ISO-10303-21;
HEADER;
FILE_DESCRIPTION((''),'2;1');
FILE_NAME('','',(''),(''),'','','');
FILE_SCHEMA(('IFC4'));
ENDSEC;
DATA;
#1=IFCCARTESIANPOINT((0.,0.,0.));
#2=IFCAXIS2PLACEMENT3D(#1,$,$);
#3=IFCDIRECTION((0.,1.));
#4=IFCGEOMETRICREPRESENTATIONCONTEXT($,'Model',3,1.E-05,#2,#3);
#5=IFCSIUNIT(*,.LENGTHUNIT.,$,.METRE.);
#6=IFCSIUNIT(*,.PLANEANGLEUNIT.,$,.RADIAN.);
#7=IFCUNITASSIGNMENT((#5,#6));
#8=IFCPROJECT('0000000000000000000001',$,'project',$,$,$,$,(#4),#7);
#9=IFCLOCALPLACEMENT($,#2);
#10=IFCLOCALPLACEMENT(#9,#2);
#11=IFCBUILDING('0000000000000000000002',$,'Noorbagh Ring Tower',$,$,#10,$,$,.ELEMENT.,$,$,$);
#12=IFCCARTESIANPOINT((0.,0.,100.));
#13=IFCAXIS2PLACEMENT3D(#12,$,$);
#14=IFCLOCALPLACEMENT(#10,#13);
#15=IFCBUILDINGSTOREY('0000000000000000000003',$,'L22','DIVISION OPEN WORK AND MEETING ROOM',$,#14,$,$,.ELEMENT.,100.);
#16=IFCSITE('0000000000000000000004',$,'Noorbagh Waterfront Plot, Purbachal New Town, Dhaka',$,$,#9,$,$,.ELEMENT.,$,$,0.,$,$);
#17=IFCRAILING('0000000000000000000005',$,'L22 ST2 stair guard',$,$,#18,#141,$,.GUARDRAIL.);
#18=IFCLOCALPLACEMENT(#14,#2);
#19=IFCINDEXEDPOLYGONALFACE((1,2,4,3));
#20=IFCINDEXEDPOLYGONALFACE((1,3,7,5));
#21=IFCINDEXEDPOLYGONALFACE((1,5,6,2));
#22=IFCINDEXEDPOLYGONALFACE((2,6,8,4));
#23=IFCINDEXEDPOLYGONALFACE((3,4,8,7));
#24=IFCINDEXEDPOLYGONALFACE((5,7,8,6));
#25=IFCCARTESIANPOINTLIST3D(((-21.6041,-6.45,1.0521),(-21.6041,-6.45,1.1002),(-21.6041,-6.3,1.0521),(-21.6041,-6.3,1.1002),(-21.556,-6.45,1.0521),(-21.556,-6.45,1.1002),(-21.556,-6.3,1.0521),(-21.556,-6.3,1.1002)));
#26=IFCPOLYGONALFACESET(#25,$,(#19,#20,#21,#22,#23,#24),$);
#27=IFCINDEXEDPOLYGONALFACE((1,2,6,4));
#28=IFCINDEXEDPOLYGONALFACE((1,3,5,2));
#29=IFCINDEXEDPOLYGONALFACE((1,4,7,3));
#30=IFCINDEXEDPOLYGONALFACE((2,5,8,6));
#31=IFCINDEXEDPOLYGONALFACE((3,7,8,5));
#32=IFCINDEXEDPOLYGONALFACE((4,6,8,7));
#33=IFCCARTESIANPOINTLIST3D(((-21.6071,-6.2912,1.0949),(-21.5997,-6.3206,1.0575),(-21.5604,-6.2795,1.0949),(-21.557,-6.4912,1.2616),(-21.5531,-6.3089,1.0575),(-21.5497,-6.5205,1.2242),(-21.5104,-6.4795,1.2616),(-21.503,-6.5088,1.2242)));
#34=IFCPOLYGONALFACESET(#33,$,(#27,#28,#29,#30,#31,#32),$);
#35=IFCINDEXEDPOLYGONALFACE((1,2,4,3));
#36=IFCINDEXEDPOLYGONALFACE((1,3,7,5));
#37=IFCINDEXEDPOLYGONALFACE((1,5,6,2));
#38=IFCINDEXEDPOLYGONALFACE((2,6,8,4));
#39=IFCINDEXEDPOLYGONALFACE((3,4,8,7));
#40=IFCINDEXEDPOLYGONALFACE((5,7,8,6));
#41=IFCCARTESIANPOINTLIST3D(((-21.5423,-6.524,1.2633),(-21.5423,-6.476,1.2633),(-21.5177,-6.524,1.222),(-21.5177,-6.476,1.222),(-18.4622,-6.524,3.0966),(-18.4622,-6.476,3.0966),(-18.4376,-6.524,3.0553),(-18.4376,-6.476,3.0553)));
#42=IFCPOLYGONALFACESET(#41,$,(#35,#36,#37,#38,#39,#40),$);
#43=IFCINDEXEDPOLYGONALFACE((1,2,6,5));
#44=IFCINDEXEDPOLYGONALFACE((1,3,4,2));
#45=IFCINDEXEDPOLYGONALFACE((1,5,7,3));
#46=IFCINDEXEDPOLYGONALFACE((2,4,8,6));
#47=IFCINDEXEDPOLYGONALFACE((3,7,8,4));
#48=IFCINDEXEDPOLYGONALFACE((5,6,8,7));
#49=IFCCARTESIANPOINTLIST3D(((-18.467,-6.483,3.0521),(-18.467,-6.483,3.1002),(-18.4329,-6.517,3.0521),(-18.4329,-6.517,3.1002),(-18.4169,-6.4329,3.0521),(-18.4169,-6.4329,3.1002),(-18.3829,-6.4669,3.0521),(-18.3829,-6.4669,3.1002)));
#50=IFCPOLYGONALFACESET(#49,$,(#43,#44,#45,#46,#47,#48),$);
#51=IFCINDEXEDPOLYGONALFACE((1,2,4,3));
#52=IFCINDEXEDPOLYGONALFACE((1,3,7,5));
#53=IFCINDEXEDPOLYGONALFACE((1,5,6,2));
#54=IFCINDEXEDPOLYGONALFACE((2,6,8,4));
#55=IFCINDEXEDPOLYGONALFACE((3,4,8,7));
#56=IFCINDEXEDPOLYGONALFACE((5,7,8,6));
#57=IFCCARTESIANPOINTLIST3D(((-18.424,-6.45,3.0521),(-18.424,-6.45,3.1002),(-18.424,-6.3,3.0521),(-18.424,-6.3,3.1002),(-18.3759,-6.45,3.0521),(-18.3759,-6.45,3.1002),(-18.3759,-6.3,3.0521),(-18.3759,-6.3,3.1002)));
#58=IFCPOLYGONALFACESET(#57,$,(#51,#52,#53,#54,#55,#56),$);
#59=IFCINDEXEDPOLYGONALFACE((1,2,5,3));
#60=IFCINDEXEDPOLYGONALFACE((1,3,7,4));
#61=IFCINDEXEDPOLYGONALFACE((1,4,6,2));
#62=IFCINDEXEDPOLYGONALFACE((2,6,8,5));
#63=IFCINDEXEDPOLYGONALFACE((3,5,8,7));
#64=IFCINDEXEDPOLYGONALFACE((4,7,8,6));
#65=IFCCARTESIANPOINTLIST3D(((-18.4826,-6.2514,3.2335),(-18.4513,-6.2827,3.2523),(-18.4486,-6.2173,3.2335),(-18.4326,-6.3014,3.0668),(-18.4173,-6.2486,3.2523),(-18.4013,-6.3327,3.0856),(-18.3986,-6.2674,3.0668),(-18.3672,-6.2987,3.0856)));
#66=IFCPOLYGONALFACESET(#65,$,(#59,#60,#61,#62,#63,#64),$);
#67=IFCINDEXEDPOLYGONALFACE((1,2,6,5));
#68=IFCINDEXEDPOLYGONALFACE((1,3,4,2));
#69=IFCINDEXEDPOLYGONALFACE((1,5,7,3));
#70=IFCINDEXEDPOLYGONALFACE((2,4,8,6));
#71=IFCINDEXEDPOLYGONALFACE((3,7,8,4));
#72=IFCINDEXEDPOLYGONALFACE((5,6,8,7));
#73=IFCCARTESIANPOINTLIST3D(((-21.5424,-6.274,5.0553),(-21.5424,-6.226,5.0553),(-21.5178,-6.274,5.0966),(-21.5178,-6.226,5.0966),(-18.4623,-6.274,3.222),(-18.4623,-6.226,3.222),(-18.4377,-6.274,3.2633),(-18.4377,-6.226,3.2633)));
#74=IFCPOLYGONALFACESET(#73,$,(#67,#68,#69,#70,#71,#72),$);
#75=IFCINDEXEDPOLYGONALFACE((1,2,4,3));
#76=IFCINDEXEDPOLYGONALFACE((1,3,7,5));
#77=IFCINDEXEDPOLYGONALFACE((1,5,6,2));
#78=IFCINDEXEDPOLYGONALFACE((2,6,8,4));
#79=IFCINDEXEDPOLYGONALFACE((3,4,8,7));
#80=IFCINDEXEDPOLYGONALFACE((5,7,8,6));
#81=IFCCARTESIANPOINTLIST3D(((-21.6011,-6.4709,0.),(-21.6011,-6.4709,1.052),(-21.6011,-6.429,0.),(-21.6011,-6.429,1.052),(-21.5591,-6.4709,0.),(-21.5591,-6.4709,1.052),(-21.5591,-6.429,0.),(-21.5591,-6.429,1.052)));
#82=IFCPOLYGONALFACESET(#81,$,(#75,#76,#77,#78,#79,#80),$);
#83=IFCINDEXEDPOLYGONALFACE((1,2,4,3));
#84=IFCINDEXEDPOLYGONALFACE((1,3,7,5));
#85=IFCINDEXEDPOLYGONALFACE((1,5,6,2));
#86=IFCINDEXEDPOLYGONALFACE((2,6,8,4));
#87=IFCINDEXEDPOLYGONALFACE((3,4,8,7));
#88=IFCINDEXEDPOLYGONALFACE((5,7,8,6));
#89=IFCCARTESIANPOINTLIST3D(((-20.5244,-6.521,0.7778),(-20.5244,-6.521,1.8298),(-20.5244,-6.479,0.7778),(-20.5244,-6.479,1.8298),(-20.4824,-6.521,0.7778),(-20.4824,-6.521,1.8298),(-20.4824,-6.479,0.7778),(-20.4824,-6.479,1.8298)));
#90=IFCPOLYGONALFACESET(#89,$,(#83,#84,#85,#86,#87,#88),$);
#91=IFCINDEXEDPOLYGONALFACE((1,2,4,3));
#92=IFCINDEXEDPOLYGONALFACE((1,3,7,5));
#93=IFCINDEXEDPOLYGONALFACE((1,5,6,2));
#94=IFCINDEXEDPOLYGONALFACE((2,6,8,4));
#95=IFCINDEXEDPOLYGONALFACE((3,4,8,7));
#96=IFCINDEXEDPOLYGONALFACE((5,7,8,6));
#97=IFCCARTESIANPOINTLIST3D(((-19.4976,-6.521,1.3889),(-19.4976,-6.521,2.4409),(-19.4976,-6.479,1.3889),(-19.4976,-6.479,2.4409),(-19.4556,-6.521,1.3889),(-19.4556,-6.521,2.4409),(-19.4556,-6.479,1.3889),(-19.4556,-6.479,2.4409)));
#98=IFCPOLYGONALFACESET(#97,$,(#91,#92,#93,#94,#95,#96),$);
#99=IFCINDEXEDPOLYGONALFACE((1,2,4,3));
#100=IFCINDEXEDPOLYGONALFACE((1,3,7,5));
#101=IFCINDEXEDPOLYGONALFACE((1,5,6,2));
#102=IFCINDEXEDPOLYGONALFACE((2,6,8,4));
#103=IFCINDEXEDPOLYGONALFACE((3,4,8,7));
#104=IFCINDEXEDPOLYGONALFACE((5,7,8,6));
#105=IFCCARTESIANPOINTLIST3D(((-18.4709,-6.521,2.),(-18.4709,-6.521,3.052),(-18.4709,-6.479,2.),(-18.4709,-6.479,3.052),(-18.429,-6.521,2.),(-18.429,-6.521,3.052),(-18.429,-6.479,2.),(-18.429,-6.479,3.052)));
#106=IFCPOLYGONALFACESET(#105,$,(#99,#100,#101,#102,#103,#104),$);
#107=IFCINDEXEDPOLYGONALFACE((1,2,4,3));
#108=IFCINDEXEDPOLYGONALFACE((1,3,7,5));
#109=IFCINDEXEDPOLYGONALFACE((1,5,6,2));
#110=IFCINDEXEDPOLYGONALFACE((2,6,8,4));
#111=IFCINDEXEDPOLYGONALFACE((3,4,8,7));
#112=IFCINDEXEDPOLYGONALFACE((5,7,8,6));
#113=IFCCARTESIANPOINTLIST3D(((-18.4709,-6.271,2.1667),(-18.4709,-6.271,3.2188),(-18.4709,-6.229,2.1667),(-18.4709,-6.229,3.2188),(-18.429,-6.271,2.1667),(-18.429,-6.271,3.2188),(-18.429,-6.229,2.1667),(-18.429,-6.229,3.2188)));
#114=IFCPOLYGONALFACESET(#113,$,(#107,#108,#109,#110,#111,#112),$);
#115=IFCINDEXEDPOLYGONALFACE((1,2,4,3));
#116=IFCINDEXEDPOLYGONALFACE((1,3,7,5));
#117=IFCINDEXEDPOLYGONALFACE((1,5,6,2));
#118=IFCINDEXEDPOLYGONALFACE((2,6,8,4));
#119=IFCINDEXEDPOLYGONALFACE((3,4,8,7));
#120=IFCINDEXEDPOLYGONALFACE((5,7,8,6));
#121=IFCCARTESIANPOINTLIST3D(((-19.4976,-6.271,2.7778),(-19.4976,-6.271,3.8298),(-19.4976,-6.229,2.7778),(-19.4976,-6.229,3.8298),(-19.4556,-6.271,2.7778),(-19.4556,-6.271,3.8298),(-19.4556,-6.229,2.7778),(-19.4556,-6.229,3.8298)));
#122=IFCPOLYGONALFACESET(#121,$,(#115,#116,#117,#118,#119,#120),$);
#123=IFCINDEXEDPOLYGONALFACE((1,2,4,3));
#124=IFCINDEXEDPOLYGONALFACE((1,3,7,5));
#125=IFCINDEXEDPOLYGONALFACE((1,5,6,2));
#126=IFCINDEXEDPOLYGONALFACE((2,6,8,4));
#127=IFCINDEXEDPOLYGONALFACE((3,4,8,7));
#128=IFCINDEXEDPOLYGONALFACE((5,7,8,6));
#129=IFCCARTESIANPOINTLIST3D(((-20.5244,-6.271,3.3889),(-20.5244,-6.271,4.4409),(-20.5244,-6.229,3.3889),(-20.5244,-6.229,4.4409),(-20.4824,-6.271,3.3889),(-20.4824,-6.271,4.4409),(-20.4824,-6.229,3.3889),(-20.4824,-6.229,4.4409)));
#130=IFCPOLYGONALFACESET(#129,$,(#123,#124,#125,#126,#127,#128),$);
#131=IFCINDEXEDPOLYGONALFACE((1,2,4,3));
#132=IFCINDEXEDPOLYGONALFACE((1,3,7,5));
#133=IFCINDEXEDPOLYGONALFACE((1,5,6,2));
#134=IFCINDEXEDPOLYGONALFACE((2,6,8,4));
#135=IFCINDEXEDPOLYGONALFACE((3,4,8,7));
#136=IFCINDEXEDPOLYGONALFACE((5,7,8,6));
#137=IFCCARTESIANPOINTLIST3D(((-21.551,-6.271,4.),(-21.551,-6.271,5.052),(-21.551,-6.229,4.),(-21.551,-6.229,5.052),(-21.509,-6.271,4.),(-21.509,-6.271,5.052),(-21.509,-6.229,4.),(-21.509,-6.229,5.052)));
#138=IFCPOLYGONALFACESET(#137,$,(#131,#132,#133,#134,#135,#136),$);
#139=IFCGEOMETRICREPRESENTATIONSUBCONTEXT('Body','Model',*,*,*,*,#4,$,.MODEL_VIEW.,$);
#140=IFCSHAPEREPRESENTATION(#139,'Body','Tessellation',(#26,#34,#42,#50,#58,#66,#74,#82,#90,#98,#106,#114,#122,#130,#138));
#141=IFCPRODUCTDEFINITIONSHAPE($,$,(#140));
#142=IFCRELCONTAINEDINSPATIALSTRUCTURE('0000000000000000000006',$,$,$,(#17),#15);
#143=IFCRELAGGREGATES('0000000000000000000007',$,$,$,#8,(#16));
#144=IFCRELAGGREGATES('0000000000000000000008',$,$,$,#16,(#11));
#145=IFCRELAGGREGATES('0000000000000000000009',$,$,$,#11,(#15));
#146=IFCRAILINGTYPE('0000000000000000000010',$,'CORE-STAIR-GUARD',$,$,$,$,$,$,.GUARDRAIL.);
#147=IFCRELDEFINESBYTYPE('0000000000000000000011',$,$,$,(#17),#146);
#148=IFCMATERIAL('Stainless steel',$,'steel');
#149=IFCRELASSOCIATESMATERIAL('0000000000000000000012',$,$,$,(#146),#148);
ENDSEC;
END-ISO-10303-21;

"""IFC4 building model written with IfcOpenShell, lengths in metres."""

from ifc_helpers import new_model, si_unit, direction, frame, origin, origin_2d, place, context, subcontext, project, spatial, rectangle, extrude, material, type_object, element, save


model = new_model("IFC4")

# Units and contexts
model_context = context("Model", 3, precision=1e-05, world=origin(), true_north=direction((0.0, 1.0)))
body_context = subcontext(model_context, "Body", "Model", "MODEL_VIEW")
ifc_project = project(units=[si_unit("LENGTHUNIT", "METRE"), si_unit("PLANEANGLEUNIT", "RADIAN")], contexts=[model_context])

# Site, building, storey
site_placement = place(None, origin())
site = spatial("IfcSite", under=ifc_project, at=site_placement, Name="Noorbagh Waterfront Plot, Purbachal New Town, Dhaka", CompositionType="ELEMENT", RefElevation=0.0)
building_placement = place(site_placement, origin())
building = spatial("IfcBuilding", under=site, at=building_placement, Name="Noorbagh Ring Tower", CompositionType="ELEMENT")
storey_placement = place(building_placement, frame((0.0, 0.0, 100.0)))
storey = spatial("IfcBuildingStorey", under=building, at=storey_placement, Name="L22", Description="DIVISION OPEN WORK AND MEETING ROOM", CompositionType="ELEMENT", Elevation=100.0)

# Railing
ifc_material_1 = material(Name="Stainless steel", Category="steel")
railing_type_1 = type_object("IfcRailingType", Name="CORE-STAIR-GUARD", PredefinedType="GUARDRAIL", material=ifc_material_1)
railing_1_placement = place(storey_placement, frame((-21.5801, -6.45, 0.0)))
element("IfcRailing", 1, at=railing_1_placement, inside=storey, type_object=railing_type_1, Name="L22 ST2 stair guard", PredefinedType="GUARDRAIL", context=body_context, shape_type="SweptSolid", body=[
    extrude(rectangle(XDim=0.0481, YDim=0.0481, at=origin_2d()), frame((0.0, 0.0, 1.0762), z_axis=(0.0, 1.0, 0.0), x_axis=(-1.0, 0.0, 0.0)), (0.0, 0.0, 1.0), 0.1499),
    extrude(rectangle(XDim=0.0481, YDim=0.0481, at=origin_2d()), frame((0.0, 0.1499, 1.0762), z_axis=(0.188776, -0.754182, 0.628946), x_axis=(0.970073, 0.242814, 0.0)), (0.0, 0.0, 1.0), 0.2651),
    extrude(rectangle(XDim=0.0481, YDim=0.0481, at=origin_2d()), frame((0.05, -0.05, 1.2427), z_axis=(0.859309, 0.0, 0.511458), x_axis=(0.0, 1.0, 0.0)), (0.0, 0.0, 1.0), 3.5845),
    extrude(rectangle(XDim=0.0481, YDim=0.0481, at=origin_2d()), frame((3.1301, -0.05, 3.0762), z_axis=(0.707107, 0.707107, 0.0), x_axis=(-0.707107, 0.707107, 0.0)), (0.0, 0.0, 1.0), 0.0708),
    extrude(rectangle(XDim=0.0481, YDim=0.0481, at=origin_2d()), frame((3.1802, 0.0, 3.0762), z_axis=(0.0, 1.0, 0.0), x_axis=(-1.0, 0.0, 0.0)), (0.0, 0.0, 1.0), 0.1499),
    extrude(rectangle(XDim=0.0481, YDim=0.0481, at=origin_2d()), frame((3.1802, 0.1499, 3.0762), z_axis=(-0.276287, 0.276287, 0.920506), x_axis=(-0.707107, -0.707107, 0.0)), (0.0, 0.0, 1.0), 0.1812),
    extrude(rectangle(XDim=0.0481, YDim=0.0481, at=origin_2d()), frame((3.1301, 0.2, 3.2427), z_axis=(-0.859309, 0.0, 0.511458), x_axis=(0.0, -1.0, 0.0)), (0.0, 0.0, 1.0), 3.5845),
    extrude(rectangle(XDim=0.042, YDim=0.042, at=origin_2d()), origin(), (0.0, 0.0, 1.0), 1.052),
    extrude(rectangle(XDim=0.042, YDim=0.042, at=origin_2d()), frame((1.0767, -0.05, 0.7778)), (0.0, 0.0, 1.0), 1.052),
    extrude(rectangle(XDim=0.042, YDim=0.042, at=origin_2d()), frame((2.1035, -0.05, 1.3889)), (0.0, 0.0, 1.0), 1.052),
    extrude(rectangle(XDim=0.042, YDim=0.042, at=origin_2d()), frame((3.1301, -0.05, 2.0)), (0.0, 0.0, 1.0), 1.052),
    extrude(rectangle(XDim=0.042, YDim=0.042, at=origin_2d()), frame((3.1301, 0.2, 2.1667)), (0.0, 0.0, 1.0), 1.052),
    extrude(rectangle(XDim=0.042, YDim=0.042, at=origin_2d()), frame((2.1035, 0.2, 2.7778)), (0.0, 0.0, 1.0), 1.052),
    extrude(rectangle(XDim=0.042, YDim=0.042, at=origin_2d()), frame((1.0767, 0.2, 3.3889)), (0.0, 0.0, 1.0), 1.052),
    extrude(rectangle(XDim=0.042, YDim=0.042, at=origin_2d()), frame((0.05, 0.2, 4.0)), (0.0, 0.0, 1.0), 1.052),
])

save(model, "model.ifc")
